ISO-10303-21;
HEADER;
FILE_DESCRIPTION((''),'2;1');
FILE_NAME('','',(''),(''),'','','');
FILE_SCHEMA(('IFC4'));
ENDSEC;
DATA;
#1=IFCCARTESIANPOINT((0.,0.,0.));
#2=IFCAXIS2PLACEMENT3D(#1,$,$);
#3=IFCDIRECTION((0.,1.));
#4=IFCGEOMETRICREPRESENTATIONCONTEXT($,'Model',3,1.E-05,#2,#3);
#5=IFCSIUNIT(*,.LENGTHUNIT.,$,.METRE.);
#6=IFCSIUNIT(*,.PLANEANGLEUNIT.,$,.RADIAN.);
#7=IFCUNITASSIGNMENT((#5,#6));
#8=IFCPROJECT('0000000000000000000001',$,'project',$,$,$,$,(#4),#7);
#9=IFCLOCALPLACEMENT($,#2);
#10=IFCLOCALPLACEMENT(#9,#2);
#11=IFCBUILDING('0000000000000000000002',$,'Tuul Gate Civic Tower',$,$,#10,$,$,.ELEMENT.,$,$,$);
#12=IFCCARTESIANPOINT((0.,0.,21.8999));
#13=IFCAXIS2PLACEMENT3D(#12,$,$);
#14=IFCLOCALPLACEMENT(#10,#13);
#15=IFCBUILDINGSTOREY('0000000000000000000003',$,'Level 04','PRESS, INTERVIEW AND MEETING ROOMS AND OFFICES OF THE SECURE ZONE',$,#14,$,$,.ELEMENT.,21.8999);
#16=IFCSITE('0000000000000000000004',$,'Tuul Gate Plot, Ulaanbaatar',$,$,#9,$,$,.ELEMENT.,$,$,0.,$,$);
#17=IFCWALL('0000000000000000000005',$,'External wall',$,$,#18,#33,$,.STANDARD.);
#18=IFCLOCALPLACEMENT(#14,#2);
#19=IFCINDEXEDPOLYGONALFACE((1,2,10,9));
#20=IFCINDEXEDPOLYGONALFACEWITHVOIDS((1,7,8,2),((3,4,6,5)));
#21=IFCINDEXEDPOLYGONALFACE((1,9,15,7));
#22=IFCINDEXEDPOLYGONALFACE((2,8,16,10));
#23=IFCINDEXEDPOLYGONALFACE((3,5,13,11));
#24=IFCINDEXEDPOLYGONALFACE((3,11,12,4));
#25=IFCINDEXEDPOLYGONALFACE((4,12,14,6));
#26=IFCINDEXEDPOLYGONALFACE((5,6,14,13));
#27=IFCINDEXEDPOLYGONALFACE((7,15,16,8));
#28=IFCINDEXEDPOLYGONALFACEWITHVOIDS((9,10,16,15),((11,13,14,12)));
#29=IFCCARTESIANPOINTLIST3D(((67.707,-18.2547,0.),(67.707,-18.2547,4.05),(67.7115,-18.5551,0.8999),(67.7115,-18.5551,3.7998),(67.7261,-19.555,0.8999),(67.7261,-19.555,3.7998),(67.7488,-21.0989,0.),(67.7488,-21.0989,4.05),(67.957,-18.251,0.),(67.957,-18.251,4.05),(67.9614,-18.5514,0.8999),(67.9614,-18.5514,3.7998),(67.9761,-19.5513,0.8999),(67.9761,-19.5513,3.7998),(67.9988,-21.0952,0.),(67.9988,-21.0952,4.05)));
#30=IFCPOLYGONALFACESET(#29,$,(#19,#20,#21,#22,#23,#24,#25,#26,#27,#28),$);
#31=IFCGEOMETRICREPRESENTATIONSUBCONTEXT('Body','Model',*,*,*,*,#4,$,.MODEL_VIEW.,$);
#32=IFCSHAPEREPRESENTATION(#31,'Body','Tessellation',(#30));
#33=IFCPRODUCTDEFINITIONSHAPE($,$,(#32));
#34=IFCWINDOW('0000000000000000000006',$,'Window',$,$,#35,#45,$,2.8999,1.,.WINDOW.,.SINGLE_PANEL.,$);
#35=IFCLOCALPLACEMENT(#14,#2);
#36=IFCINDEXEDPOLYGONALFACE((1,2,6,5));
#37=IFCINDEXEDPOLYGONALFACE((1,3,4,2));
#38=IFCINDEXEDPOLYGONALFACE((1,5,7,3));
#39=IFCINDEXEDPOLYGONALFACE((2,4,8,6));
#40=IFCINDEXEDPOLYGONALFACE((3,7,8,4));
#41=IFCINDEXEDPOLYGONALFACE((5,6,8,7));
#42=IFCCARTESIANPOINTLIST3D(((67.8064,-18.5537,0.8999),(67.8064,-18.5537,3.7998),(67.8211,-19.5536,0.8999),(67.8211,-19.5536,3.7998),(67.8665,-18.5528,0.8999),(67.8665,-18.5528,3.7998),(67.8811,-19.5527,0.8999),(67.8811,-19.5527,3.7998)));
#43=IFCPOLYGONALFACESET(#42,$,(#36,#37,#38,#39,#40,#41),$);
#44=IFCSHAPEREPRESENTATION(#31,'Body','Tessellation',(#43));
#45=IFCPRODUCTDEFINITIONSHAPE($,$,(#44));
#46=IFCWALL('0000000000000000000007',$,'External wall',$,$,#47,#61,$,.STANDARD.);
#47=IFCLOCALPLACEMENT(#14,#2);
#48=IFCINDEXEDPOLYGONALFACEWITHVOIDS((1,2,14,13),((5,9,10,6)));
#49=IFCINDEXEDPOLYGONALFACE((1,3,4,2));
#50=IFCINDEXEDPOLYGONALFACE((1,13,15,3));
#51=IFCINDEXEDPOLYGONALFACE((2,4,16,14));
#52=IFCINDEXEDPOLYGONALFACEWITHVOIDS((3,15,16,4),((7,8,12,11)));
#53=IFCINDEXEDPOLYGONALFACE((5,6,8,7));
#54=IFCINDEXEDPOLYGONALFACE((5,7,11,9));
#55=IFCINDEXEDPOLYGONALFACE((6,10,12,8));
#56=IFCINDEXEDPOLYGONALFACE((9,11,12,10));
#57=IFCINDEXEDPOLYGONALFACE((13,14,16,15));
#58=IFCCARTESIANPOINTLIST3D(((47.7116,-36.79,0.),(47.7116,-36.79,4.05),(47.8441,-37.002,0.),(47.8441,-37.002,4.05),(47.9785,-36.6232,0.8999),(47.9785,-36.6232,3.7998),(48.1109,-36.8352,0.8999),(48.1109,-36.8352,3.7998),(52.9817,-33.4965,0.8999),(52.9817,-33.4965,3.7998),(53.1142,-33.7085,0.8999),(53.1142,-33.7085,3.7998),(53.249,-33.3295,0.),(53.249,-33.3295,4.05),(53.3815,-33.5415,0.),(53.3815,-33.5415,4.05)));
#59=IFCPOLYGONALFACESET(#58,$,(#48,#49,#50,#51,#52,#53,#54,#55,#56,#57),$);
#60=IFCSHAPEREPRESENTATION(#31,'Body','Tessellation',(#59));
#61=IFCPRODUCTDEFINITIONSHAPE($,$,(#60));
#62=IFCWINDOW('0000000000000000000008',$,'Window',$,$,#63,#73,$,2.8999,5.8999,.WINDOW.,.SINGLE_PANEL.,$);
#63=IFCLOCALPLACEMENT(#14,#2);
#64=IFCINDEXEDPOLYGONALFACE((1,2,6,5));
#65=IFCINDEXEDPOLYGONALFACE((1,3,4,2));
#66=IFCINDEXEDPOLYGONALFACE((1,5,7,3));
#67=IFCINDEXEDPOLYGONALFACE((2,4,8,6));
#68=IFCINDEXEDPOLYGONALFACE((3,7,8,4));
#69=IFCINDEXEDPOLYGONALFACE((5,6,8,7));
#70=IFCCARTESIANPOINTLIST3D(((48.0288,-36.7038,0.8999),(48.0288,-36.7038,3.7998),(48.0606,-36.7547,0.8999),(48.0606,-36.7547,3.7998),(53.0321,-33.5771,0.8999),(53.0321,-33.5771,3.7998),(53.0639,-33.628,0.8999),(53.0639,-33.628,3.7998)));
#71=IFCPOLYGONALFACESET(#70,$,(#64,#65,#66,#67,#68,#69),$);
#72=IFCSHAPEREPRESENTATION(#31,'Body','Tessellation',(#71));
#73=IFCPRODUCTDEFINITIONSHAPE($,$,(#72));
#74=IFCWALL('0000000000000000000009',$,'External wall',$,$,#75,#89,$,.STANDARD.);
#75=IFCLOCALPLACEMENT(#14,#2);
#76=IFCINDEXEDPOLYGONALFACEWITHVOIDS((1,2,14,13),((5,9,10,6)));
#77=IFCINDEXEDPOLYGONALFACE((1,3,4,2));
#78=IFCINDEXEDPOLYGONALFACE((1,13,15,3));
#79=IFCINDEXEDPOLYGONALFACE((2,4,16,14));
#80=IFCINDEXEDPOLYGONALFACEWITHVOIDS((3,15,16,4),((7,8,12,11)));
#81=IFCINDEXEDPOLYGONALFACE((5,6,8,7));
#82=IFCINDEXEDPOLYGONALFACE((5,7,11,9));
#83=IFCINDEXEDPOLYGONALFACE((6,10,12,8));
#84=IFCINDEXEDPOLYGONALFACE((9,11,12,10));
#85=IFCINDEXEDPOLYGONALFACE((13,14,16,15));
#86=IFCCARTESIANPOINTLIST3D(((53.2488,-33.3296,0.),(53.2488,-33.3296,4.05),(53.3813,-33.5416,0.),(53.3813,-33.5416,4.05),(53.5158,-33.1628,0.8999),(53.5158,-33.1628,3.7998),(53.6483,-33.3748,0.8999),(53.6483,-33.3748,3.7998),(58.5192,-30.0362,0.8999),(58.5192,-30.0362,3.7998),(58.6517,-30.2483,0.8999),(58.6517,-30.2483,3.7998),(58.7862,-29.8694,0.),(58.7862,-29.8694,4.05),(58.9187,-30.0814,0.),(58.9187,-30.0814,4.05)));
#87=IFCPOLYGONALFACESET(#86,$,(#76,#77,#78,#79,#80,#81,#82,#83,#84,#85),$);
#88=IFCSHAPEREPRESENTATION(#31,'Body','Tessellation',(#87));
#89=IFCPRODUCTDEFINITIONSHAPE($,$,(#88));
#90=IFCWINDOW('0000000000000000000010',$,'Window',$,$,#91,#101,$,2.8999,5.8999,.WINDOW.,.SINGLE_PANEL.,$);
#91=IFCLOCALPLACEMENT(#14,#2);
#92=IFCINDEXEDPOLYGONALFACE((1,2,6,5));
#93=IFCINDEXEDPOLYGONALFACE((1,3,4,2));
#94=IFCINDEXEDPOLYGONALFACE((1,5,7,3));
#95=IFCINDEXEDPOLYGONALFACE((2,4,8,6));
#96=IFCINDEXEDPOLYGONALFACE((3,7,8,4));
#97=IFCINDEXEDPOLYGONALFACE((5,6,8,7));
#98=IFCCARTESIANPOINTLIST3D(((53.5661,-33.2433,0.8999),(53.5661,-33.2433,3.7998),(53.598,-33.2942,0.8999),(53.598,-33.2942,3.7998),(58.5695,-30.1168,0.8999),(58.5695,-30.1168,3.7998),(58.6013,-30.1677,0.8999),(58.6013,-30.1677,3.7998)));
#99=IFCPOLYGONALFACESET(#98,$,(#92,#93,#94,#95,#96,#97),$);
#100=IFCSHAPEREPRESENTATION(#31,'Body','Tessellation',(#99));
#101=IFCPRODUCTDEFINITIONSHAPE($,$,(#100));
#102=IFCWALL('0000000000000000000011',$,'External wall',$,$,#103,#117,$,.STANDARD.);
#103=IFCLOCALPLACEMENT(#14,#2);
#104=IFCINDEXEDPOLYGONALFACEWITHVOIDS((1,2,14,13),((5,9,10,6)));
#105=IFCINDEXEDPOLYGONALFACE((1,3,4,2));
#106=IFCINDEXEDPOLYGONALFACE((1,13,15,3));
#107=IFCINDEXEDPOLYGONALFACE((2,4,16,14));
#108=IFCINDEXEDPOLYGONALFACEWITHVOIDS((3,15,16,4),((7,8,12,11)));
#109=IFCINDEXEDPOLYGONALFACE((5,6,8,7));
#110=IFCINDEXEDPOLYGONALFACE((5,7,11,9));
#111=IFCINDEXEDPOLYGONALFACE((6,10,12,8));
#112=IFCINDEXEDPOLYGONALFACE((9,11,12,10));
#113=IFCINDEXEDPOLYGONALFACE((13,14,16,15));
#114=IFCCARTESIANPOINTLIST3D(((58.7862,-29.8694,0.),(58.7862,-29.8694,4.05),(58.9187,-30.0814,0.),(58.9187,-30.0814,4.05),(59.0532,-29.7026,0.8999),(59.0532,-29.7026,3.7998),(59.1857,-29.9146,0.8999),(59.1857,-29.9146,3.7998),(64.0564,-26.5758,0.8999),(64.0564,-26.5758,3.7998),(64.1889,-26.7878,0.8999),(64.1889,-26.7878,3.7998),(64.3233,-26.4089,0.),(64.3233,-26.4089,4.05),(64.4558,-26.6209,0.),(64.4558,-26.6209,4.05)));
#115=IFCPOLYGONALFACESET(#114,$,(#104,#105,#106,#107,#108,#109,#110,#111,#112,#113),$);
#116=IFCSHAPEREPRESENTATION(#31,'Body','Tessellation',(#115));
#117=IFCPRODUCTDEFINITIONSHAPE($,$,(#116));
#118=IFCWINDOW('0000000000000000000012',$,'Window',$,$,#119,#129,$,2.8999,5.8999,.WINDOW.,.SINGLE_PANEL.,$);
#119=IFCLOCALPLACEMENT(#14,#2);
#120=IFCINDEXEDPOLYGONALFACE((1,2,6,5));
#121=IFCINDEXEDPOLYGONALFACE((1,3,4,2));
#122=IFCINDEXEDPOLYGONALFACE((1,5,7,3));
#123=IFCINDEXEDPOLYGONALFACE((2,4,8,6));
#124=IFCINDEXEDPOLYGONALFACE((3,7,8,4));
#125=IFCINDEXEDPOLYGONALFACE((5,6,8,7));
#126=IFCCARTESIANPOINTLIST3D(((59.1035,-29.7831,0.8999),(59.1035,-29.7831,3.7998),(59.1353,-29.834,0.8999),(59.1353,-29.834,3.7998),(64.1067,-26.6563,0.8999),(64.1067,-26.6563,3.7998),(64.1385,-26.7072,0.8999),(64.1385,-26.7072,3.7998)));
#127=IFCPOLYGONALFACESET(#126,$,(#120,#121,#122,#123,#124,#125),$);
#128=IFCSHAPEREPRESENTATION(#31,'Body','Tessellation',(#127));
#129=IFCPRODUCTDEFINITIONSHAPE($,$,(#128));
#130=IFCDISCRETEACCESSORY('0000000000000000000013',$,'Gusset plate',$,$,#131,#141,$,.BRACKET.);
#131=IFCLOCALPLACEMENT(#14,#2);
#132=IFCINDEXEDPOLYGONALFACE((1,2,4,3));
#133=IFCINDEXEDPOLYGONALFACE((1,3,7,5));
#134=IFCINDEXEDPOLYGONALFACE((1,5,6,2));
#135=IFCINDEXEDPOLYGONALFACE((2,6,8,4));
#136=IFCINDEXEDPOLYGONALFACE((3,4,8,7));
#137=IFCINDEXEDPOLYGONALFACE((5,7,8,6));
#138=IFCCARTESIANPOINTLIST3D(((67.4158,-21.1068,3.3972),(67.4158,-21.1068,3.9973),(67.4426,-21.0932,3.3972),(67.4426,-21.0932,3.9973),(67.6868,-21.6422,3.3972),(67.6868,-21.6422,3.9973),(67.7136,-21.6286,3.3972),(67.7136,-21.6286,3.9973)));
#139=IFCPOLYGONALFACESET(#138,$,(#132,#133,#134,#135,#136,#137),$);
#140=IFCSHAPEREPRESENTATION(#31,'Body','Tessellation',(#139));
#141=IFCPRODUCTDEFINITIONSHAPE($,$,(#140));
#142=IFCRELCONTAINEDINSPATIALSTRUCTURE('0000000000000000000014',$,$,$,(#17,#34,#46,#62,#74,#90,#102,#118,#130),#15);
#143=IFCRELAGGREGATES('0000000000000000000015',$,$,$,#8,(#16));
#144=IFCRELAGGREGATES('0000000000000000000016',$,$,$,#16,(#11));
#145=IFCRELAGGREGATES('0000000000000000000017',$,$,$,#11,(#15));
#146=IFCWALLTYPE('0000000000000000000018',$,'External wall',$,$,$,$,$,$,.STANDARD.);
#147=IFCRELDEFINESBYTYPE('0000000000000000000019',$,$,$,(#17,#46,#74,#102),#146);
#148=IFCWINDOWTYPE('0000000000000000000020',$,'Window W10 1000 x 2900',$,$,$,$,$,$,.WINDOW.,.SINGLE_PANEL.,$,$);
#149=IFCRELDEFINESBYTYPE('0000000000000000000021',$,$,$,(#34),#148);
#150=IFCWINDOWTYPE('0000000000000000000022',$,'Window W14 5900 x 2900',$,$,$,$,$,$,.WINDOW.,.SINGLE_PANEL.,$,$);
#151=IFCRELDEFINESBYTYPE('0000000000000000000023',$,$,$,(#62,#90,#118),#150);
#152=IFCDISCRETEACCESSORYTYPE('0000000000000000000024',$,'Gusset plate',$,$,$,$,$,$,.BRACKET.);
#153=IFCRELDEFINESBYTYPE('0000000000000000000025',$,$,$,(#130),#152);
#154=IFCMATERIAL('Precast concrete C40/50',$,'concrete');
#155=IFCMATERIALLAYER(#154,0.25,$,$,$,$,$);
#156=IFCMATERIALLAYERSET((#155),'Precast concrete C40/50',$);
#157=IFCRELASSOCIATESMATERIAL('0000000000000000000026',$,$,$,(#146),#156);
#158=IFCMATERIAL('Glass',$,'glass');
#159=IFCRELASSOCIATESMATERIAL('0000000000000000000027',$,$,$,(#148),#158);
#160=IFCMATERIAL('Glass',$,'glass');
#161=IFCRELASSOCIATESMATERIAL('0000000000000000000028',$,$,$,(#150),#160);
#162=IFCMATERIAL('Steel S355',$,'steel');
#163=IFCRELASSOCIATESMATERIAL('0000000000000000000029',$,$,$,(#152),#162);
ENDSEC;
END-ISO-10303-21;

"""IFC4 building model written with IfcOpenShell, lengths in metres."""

from ifc_helpers import new_model, si_unit, direction, frame, frame_2d, origin, origin_2d, place, context, subcontext, project, spatial, rectangle, extrude, material, layer, layer_set, type_object, element, fill, save


model = new_model("IFC4")

# Units and contexts
model_context = context("Model", 3, precision=1e-05, world=origin(), true_north=direction((0.0, 1.0)))
body_context = subcontext(model_context, "Body", "Model", "MODEL_VIEW")
ifc_project = project(units=[si_unit("LENGTHUNIT", "METRE"), si_unit("PLANEANGLEUNIT", "RADIAN")], contexts=[model_context])

# Site, building, storey
site_placement = place(None, origin())
site = spatial("IfcSite", under=ifc_project, at=site_placement, Name="Tuul Gate Plot, Ulaanbaatar", CompositionType="ELEMENT", RefElevation=0.0)
building_placement = place(site_placement, origin())
building = spatial("IfcBuilding", under=site, at=building_placement, Name="Tuul Gate Civic Tower", CompositionType="ELEMENT")
storey_placement = place(building_placement, frame((0.0, 0.0, 21.8999)))
storey = spatial("IfcBuildingStorey", under=building, at=storey_placement, Name="Level 04", Description="PRESS, INTERVIEW AND MEETING ROOMS AND OFFICES OF THE SECURE ZONE", CompositionType="ELEMENT", Elevation=21.8999)

# Walls, openings, windows
ifc_material_1 = material(Name="Precast concrete C40/50", Category="concrete")
ifc_layer = layer(ifc_material_1, 0.25)
ifc_layer_set = layer_set([ifc_layer], Name="Precast concrete C40/50")
wall_type = type_object("IfcWallType", Name="External wall", PredefinedType="STANDARD", material=ifc_layer_set)
wall_1_placement = place(storey_placement, frame((67.8738, -21.0972, 0.0), z_axis=(0.0, 0.0, 1.0), x_axis=(-0.014677, 0.999892, 0.0)))
wall_1 = element("IfcWall", 1, at=wall_1_placement, inside=storey, type_object=wall_type, Name="External wall", PredefinedType="STANDARD", context=body_context, shape_type="SweptSolid", body=[
    extrude(rectangle(XDim=2.8445, YDim=0.25, at=frame_2d((1.4224, 0.0))), origin(), (0.0, 0.0, 1.0), 4.05),
])
opening_1_placement = place(wall_1_placement, frame((1.5442, 0.0, 0.8999)))
opening_1 = element("IfcOpeningElement", 2, at=opening_1_placement, cuts=wall_1, PredefinedType="OPENING", context=body_context, shape_type="SweptSolid", body=[
    extrude(rectangle(XDim=1.0, YDim=2.8999, at=frame_2d((0.5, 1.45))), frame((0.0, 0.135, 0.0), z_axis=(0.0, -1.0, 0.0), x_axis=(1.0, 0.0, 0.0)), (0.0, 0.0, 1.0), 0.27),
])
ifc_material_2 = material(Name="Glass", Category="glass")
window_type_1 = type_object("IfcWindowType", Name="Window W10 1000 x 2900", PartitioningType="SINGLE_PANEL", PredefinedType="WINDOW", material=ifc_material_2)
window_1_placement = place(opening_1_placement, origin())
window_1 = element("IfcWindow", 3, at=window_1_placement, inside=storey, type_object=window_type_1, Name="Window", OverallHeight=2.8999, OverallWidth=1.0, PartitioningType="SINGLE_PANEL", PredefinedType="WINDOW", context=body_context, shape_type="SweptSolid", body=[
    extrude(rectangle(XDim=1.0, YDim=2.8999, at=frame_2d((0.5, 1.45))), frame((0.0, 0.03, 0.0), z_axis=(0.0, -1.0, 0.0), x_axis=(1.0, 0.0, 0.0)), (0.0, 0.0, 1.0), 0.0601),
])
fill(opening_1, window_1)
wall_2_placement = place(storey_placement, frame((47.7778, -36.896, 0.0), z_axis=(0.0, 0.0, 1.0), x_axis=(0.848026, 0.529955, 0.0)))
wall_2 = element("IfcWall", 4, at=wall_2_placement, inside=storey, type_object=wall_type, Name="External wall", PredefinedType="STANDARD", context=body_context, shape_type="SweptSolid", body=[
    extrude(rectangle(XDim=6.5298, YDim=0.25, at=frame_2d((3.2649, 0.0))), origin(), (0.0, 0.0, 1.0), 4.05),
])
opening_2_placement = place(wall_2_placement, frame((0.3147, 0.0, 0.8999)))
opening_2 = element("IfcOpeningElement", 5, at=opening_2_placement, cuts=wall_2, PredefinedType="OPENING", context=body_context, shape_type="SweptSolid", body=[
    extrude(rectangle(XDim=5.8999, YDim=2.8999, at=frame_2d((2.95, 1.45))), frame((0.0, 0.135, 0.0), z_axis=(0.0, -1.0, 0.0), x_axis=(1.0, 0.0, 0.0)), (0.0, 0.0, 1.0), 0.27),
])
ifc_material_3 = material(Name="Glass", Category="glass")
window_type_2 = type_object("IfcWindowType", Name="Window W14 5900 x 2900", PartitioningType="SINGLE_PANEL", PredefinedType="WINDOW", material=ifc_material_3)
window_2_placement = place(opening_2_placement, origin())
window_2 = element("IfcWindow", 6, at=window_2_placement, inside=storey, type_object=window_type_2, Name="Window", OverallHeight=2.8999, OverallWidth=5.8999, PartitioningType="SINGLE_PANEL", PredefinedType="WINDOW", context=body_context, shape_type="SweptSolid", body=[
    extrude(rectangle(XDim=5.8999, YDim=2.8999, at=frame_2d((2.95, 1.45))), frame((0.0, 0.03, 0.0), z_axis=(0.0, -1.0, 0.0), x_axis=(1.0, 0.0, 0.0)), (0.0, 0.0, 1.0), 0.0601),
])
fill(opening_2, window_2)
wall_3_placement = place(storey_placement, frame((53.3152, -33.4355, 0.0), z_axis=(0.0, 0.0, 1.0), x_axis=(0.848042, 0.529928, 0.0)))
wall_3 = element("IfcWall", 7, at=wall_3_placement, inside=storey, type_object=wall_type, Name="External wall", PredefinedType="STANDARD", context=body_context, shape_type="SweptSolid", body=[
    extrude(rectangle(XDim=6.5295, YDim=0.25, at=frame_2d((3.2646, 0.0))), origin(), (0.0, 0.0, 1.0), 4.05),
])
opening_3_placement = place(wall_3_placement, frame((0.3147, 0.0, 0.8999)))
opening_3 = element("IfcOpeningElement", 8, at=opening_3_placement, cuts=wall_3, PredefinedType="OPENING", context=body_context, shape_type="SweptSolid", body=[
    extrude(rectangle(XDim=5.8999, YDim=2.8999, at=frame_2d((2.95, 1.45))), frame((0.0, 0.135, 0.0), z_axis=(0.0, -1.0, 0.0), x_axis=(1.0, 0.0, 0.0)), (0.0, 0.0, 1.0), 0.27),
])
window_3_placement = place(opening_3_placement, origin())
window_3 = element("IfcWindow", 9, at=window_3_placement, inside=storey, type_object=window_type_2, Name="Window", OverallHeight=2.8999, OverallWidth=5.8999, PartitioningType="SINGLE_PANEL", PredefinedType="WINDOW", context=body_context, shape_type="SweptSolid", body=[
    extrude(rectangle(XDim=5.8999, YDim=2.8999, at=frame_2d((2.95, 1.45))), frame((0.0, 0.03, 0.0), z_axis=(0.0, -1.0, 0.0), x_axis=(1.0, 0.0, 0.0)), (0.0, 0.0, 1.0), 0.0601),
])
fill(opening_3, window_3)
wall_4_placement = place(storey_placement, frame((58.8525, -29.9753, 0.0), z_axis=(0.0, 0.0, 1.0), x_axis=(0.848015, 0.529972, 0.0)))
wall_4 = element("IfcWall", 10, at=wall_4_placement, inside=storey, type_object=wall_type, Name="External wall", PredefinedType="STANDARD", context=body_context, shape_type="SweptSolid", body=[
    extrude(rectangle(XDim=6.5295, YDim=0.25, at=frame_2d((3.2646, 0.0))), origin(), (0.0, 0.0, 1.0), 4.05),
])
opening_4_placement = place(wall_4_placement, frame((0.3147, 0.0, 0.8999)))
opening_4 = element("IfcOpeningElement", 11, at=opening_4_placement, cuts=wall_4, PredefinedType="OPENING", context=body_context, shape_type="SweptSolid", body=[
    extrude(rectangle(XDim=5.8999, YDim=2.8999, at=frame_2d((2.95, 1.45))), frame((0.0, 0.135, 0.0), z_axis=(0.0, -1.0, 0.0), x_axis=(1.0, 0.0, 0.0)), (0.0, 0.0, 1.0), 0.27),
])
window_4_placement = place(opening_4_placement, origin())
window_4 = element("IfcWindow", 12, at=window_4_placement, inside=storey, type_object=window_type_2, Name="Window", OverallHeight=2.8999, OverallWidth=5.8999, PartitioningType="SINGLE_PANEL", PredefinedType="WINDOW", context=body_context, shape_type="SweptSolid", body=[
    extrude(rectangle(XDim=5.8999, YDim=2.8999, at=frame_2d((2.95, 1.45))), frame((0.0, 0.03, 0.0), z_axis=(0.0, -1.0, 0.0), x_axis=(1.0, 0.0, 0.0)), (0.0, 0.0, 1.0), 0.0601),
])
fill(opening_4, window_4)

# Discrete accessory
ifc_material_4 = material(Name="Steel S355", Category="steel")
discrete_accessory_type = type_object("IfcDiscreteAccessoryType", Name="Gusset plate", PredefinedType="BRACKET", material=ifc_material_4)
discrete_accessory_placement = place(storey_placement, frame((67.5647, -21.3677, 3.3972), z_axis=(0.0, 0.0, 1.0), x_axis=(-0.451669, 0.892185, 0.0)))
element("IfcDiscreteAccessory", 13, at=discrete_accessory_placement, inside=storey, type_object=discrete_accessory_type, Name="Gusset plate", PredefinedType="BRACKET", context=body_context, shape_type="SweptSolid", body=[
    extrude(rectangle(XDim=0.6001, YDim=0.03, at=origin_2d()), origin(), (0.0, 0.0, 1.0), 0.6001),
])

save(model, "model.ifc")
